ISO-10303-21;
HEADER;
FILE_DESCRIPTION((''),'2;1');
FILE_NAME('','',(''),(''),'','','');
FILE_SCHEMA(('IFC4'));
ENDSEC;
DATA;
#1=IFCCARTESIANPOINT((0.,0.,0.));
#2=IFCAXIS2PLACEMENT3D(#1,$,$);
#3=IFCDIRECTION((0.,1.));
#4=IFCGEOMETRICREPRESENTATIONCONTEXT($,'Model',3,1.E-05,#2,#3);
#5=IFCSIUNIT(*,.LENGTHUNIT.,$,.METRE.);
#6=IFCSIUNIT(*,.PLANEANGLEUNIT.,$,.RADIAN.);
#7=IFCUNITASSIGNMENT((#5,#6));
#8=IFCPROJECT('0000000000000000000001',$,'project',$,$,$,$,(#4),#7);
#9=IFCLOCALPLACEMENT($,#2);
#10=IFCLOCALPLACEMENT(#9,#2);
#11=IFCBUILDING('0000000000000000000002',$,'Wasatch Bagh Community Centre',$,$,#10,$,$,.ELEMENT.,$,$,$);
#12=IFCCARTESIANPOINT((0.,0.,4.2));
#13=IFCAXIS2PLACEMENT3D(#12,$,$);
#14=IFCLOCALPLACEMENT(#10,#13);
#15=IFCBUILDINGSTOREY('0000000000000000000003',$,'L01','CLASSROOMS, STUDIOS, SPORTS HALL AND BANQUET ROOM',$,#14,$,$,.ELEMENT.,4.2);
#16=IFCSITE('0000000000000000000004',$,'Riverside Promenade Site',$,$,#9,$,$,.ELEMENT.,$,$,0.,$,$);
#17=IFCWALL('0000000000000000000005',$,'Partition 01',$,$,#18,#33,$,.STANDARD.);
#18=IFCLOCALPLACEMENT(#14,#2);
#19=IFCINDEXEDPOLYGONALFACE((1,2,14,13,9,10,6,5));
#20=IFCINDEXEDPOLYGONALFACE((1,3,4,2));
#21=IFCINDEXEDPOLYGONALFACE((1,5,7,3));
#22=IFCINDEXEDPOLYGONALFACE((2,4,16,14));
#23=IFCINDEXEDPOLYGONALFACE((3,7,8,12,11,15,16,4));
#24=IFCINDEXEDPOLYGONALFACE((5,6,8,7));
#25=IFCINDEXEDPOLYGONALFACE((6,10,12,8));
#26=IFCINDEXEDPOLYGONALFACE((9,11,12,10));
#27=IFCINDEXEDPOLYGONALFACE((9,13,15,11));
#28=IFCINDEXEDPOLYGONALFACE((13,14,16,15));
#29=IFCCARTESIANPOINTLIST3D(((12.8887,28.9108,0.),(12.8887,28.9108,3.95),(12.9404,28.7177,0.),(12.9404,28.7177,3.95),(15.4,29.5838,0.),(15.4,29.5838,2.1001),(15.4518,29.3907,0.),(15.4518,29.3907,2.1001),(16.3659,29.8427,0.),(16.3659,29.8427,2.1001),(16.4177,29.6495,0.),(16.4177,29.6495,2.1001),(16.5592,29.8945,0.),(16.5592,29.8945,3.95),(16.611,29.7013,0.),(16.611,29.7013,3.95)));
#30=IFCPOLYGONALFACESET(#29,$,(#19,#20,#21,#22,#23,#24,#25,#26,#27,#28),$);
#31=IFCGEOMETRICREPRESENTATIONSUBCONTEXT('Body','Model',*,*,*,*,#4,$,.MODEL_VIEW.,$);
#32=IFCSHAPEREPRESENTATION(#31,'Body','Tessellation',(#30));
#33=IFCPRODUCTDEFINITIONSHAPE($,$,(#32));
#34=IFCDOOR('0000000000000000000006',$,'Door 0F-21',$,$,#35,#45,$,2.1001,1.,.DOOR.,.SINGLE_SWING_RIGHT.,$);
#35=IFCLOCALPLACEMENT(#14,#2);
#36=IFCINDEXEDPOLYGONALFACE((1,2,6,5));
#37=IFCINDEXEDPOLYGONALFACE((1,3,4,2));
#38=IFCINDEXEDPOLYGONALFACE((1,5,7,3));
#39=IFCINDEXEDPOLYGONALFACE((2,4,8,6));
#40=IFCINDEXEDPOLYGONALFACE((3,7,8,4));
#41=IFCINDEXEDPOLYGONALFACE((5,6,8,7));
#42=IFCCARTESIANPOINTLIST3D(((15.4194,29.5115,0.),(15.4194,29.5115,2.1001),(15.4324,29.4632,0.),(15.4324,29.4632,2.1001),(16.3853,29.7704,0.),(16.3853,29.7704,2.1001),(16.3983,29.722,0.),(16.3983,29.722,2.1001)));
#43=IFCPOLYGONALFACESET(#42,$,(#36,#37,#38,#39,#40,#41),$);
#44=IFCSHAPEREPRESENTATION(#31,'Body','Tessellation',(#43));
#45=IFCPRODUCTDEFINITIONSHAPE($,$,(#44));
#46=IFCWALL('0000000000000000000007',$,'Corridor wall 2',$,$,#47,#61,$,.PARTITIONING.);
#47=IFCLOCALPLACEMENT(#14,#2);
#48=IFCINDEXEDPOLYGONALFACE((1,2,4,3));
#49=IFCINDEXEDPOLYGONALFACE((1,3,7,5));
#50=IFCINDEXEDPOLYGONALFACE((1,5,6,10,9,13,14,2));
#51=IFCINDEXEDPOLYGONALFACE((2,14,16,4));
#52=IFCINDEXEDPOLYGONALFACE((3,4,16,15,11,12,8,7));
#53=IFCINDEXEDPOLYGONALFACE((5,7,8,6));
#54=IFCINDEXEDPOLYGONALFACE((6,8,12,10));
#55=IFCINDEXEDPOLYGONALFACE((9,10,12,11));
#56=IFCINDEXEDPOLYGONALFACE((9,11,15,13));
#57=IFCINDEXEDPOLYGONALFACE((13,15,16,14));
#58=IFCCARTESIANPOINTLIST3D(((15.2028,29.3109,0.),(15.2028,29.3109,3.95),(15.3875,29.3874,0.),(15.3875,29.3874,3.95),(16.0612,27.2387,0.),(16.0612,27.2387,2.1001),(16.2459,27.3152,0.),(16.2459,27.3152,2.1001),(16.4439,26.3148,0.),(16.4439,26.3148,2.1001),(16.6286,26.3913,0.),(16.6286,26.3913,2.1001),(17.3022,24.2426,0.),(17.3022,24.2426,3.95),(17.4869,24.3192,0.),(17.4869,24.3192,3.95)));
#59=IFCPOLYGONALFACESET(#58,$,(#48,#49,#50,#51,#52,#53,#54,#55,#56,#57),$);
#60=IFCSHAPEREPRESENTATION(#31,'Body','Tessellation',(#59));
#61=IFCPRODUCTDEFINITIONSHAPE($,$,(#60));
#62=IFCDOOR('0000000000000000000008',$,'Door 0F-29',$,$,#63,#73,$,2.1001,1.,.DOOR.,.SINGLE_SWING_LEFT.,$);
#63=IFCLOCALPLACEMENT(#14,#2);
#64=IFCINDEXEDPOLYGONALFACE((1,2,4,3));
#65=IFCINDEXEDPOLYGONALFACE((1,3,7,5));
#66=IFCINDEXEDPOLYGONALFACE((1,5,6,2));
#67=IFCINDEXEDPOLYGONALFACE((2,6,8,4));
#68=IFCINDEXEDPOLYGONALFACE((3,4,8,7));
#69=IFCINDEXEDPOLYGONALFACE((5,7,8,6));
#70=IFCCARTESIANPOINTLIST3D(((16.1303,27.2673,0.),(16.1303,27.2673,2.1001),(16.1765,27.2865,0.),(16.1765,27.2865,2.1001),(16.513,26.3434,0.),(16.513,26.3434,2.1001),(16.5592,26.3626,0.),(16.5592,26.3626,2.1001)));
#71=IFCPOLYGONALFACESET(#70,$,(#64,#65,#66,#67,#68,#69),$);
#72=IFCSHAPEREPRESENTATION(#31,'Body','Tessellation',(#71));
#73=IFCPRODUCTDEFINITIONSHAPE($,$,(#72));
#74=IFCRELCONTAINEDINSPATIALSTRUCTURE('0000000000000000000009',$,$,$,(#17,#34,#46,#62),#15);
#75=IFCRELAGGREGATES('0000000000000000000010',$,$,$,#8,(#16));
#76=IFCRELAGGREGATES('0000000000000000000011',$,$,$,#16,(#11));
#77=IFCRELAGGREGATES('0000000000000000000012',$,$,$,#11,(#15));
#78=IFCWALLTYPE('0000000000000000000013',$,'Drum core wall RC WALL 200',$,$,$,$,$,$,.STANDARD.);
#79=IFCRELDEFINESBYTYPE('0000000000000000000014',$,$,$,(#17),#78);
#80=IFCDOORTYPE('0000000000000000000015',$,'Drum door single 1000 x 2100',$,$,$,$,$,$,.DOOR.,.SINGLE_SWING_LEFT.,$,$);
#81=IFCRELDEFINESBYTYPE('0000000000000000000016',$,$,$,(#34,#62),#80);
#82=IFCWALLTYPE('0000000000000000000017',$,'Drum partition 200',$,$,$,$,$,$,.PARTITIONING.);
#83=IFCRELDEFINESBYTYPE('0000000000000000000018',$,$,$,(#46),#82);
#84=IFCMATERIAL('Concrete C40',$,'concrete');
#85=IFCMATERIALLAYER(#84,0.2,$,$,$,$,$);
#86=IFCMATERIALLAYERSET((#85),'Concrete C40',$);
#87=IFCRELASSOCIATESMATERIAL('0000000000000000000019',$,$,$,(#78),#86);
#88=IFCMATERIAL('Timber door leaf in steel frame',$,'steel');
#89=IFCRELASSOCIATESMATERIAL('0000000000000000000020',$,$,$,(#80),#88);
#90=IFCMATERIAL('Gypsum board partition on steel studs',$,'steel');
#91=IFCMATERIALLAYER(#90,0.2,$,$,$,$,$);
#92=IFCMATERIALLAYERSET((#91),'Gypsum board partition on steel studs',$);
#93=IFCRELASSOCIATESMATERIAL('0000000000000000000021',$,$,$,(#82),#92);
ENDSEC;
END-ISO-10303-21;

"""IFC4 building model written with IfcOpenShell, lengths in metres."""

from ifc_helpers import new_model, si_unit, direction, frame, frame_2d, origin, place, context, subcontext, project, spatial, rectangle, extrude, material, layer, layer_set, type_object, element, fill, save


model = new_model("IFC4")

# Units and contexts
model_context = context("Model", 3, precision=1e-05, world=origin(), true_north=direction((0.0, 1.0)))
body_context = subcontext(model_context, "Body", "Model", "MODEL_VIEW")
ifc_project = project(units=[si_unit("LENGTHUNIT", "METRE"), si_unit("PLANEANGLEUNIT", "RADIAN")], contexts=[model_context])

# Site, building, storey
site_placement = place(None, origin())
site = spatial("IfcSite", under=ifc_project, at=site_placement, Name="Riverside Promenade Site", CompositionType="ELEMENT", RefElevation=0.0)
building_placement = place(site_placement, origin())
building = spatial("IfcBuilding", under=site, at=building_placement, Name="Wasatch Bagh Community Centre", CompositionType="ELEMENT")
storey_placement = place(building_placement, frame((0.0, 0.0, 4.2)))
storey = spatial("IfcBuildingStorey", under=building, at=storey_placement, Name="L01", Description="CLASSROOMS, STUDIOS, SPORTS HALL AND BANQUET ROOM", CompositionType="ELEMENT", Elevation=4.2)

# Shared definitions
ifc_material_1 = material(Name="Concrete C40", Category="concrete")

# Walls, openings, doors
ifc_layer_1 = layer(ifc_material_1, 0.2)
ifc_layer_set_1 = layer_set([ifc_layer_1], Name="Concrete C40")
wall_type_1 = type_object("IfcWallType", Name="Drum core wall RC WALL 200", PredefinedType="STANDARD", material=ifc_layer_set_1)
wall_1_placement = place(storey_placement, frame((16.585, 29.7979, 0.0), z_axis=(0.0, 0.0, 1.0), x_axis=(-0.96592, -0.258842, 0.0)))
wall_1 = element("IfcWall", 1, at=wall_1_placement, inside=storey, type_object=wall_type_1, Name="Partition 01", PredefinedType="STANDARD", context=body_context, shape_type="SweptSolid", body=[
    extrude(rectangle(XDim=3.8, YDim=0.2, at=frame_2d((1.8999, 0.0))), origin(), (0.0, 0.0, 1.0), 3.95),
])
opening_1_placement = place(wall_1_placement, frame((0.2, 0.0, 0.0)))
opening_1 = element("IfcOpeningElement", 2, at=opening_1_placement, cuts=wall_1, PredefinedType="OPENING", context=body_context, shape_type="SweptSolid", body=[
    extrude(rectangle(XDim=1.0, YDim=2.1001, at=frame_2d((0.5, 1.05))), frame((0.0, 0.1099, 0.0), z_axis=(0.0, -1.0, 0.0), x_axis=(1.0, 0.0, 0.0)), (0.0, 0.0, 1.0), 0.22),
])
ifc_material_2 = material(Name="Timber door leaf in steel frame", Category="steel")
door_type = type_object("IfcDoorType", Name="Drum door single 1000 x 2100", OperationType="SINGLE_SWING_LEFT", PredefinedType="DOOR", material=ifc_material_2)
door_1_placement = place(opening_1_placement, origin())
door_1 = element("IfcDoor", 3, at=door_1_placement, inside=storey, type_object=door_type, Name="Door 0F-21", OperationType="SINGLE_SWING_RIGHT", OverallHeight=2.1001, OverallWidth=1.0, PredefinedType="DOOR", context=body_context, shape_type="SweptSolid", body=[
    extrude(rectangle(XDim=1.0, YDim=2.1001, at=frame_2d((0.5, 1.05))), frame((0.0, 0.0249, 0.0), z_axis=(0.0, -1.0, 0.0), x_axis=(1.0, 0.0, 0.0)), (0.0, 0.0, 1.0), 0.05),
])
fill(opening_1, door_1)
ifc_material_3 = material(Name="Gypsum board partition on steel studs", Category="steel")
ifc_layer_2 = layer(ifc_material_3, 0.2)
ifc_layer_set_2 = layer_set([ifc_layer_2], Name="Gypsum board partition on steel studs")
wall_type_2 = type_object("IfcWallType", Name="Drum partition 200", PredefinedType="PARTITIONING", material=ifc_layer_set_2)
wall_2_placement = place(storey_placement, frame((15.2952, 29.3491, 0.0), z_axis=(0.0, 0.0, 1.0), x_axis=(0.382696, -0.923874, 0.0)))
wall_2 = element("IfcWall", 4, at=wall_2_placement, inside=storey, type_object=wall_type_2, Name="Corridor wall 2", PredefinedType="PARTITIONING", context=body_context, shape_type="SweptSolid", body=[
    extrude(rectangle(XDim=5.4858, YDim=0.2, at=frame_2d((2.7429, 0.0))), origin(), (0.0, 0.0, 1.0), 3.95),
])
opening_2_placement = place(wall_2_placement, frame((2.2429, 0.0, 0.0)))
opening_2 = element("IfcOpeningElement", 5, at=opening_2_placement, cuts=wall_2, PredefinedType="OPENING", context=body_context, shape_type="SweptSolid", body=[
    extrude(rectangle(XDim=1.0, YDim=2.1001, at=frame_2d((0.5, 1.05))), frame((0.0, 0.1099, 0.0), z_axis=(0.0, -1.0, 0.0), x_axis=(1.0, 0.0, 0.0)), (0.0, 0.0, 1.0), 0.22),
])
door_2_placement = place(opening_2_placement, origin())
door_2 = element("IfcDoor", 6, at=door_2_placement, inside=storey, type_object=door_type, Name="Door 0F-29", OperationType="SINGLE_SWING_LEFT", OverallHeight=2.1001, OverallWidth=1.0, PredefinedType="DOOR", context=body_context, shape_type="SweptSolid", body=[
    extrude(rectangle(XDim=1.0, YDim=2.1001, at=frame_2d((0.5, 1.05))), frame((0.0, 0.0249, 0.0), z_axis=(0.0, -1.0, 0.0), x_axis=(1.0, 0.0, 0.0)), (0.0, 0.0, 1.0), 0.05),
])
fill(opening_2, door_2)

save(model, "model.ifc")
